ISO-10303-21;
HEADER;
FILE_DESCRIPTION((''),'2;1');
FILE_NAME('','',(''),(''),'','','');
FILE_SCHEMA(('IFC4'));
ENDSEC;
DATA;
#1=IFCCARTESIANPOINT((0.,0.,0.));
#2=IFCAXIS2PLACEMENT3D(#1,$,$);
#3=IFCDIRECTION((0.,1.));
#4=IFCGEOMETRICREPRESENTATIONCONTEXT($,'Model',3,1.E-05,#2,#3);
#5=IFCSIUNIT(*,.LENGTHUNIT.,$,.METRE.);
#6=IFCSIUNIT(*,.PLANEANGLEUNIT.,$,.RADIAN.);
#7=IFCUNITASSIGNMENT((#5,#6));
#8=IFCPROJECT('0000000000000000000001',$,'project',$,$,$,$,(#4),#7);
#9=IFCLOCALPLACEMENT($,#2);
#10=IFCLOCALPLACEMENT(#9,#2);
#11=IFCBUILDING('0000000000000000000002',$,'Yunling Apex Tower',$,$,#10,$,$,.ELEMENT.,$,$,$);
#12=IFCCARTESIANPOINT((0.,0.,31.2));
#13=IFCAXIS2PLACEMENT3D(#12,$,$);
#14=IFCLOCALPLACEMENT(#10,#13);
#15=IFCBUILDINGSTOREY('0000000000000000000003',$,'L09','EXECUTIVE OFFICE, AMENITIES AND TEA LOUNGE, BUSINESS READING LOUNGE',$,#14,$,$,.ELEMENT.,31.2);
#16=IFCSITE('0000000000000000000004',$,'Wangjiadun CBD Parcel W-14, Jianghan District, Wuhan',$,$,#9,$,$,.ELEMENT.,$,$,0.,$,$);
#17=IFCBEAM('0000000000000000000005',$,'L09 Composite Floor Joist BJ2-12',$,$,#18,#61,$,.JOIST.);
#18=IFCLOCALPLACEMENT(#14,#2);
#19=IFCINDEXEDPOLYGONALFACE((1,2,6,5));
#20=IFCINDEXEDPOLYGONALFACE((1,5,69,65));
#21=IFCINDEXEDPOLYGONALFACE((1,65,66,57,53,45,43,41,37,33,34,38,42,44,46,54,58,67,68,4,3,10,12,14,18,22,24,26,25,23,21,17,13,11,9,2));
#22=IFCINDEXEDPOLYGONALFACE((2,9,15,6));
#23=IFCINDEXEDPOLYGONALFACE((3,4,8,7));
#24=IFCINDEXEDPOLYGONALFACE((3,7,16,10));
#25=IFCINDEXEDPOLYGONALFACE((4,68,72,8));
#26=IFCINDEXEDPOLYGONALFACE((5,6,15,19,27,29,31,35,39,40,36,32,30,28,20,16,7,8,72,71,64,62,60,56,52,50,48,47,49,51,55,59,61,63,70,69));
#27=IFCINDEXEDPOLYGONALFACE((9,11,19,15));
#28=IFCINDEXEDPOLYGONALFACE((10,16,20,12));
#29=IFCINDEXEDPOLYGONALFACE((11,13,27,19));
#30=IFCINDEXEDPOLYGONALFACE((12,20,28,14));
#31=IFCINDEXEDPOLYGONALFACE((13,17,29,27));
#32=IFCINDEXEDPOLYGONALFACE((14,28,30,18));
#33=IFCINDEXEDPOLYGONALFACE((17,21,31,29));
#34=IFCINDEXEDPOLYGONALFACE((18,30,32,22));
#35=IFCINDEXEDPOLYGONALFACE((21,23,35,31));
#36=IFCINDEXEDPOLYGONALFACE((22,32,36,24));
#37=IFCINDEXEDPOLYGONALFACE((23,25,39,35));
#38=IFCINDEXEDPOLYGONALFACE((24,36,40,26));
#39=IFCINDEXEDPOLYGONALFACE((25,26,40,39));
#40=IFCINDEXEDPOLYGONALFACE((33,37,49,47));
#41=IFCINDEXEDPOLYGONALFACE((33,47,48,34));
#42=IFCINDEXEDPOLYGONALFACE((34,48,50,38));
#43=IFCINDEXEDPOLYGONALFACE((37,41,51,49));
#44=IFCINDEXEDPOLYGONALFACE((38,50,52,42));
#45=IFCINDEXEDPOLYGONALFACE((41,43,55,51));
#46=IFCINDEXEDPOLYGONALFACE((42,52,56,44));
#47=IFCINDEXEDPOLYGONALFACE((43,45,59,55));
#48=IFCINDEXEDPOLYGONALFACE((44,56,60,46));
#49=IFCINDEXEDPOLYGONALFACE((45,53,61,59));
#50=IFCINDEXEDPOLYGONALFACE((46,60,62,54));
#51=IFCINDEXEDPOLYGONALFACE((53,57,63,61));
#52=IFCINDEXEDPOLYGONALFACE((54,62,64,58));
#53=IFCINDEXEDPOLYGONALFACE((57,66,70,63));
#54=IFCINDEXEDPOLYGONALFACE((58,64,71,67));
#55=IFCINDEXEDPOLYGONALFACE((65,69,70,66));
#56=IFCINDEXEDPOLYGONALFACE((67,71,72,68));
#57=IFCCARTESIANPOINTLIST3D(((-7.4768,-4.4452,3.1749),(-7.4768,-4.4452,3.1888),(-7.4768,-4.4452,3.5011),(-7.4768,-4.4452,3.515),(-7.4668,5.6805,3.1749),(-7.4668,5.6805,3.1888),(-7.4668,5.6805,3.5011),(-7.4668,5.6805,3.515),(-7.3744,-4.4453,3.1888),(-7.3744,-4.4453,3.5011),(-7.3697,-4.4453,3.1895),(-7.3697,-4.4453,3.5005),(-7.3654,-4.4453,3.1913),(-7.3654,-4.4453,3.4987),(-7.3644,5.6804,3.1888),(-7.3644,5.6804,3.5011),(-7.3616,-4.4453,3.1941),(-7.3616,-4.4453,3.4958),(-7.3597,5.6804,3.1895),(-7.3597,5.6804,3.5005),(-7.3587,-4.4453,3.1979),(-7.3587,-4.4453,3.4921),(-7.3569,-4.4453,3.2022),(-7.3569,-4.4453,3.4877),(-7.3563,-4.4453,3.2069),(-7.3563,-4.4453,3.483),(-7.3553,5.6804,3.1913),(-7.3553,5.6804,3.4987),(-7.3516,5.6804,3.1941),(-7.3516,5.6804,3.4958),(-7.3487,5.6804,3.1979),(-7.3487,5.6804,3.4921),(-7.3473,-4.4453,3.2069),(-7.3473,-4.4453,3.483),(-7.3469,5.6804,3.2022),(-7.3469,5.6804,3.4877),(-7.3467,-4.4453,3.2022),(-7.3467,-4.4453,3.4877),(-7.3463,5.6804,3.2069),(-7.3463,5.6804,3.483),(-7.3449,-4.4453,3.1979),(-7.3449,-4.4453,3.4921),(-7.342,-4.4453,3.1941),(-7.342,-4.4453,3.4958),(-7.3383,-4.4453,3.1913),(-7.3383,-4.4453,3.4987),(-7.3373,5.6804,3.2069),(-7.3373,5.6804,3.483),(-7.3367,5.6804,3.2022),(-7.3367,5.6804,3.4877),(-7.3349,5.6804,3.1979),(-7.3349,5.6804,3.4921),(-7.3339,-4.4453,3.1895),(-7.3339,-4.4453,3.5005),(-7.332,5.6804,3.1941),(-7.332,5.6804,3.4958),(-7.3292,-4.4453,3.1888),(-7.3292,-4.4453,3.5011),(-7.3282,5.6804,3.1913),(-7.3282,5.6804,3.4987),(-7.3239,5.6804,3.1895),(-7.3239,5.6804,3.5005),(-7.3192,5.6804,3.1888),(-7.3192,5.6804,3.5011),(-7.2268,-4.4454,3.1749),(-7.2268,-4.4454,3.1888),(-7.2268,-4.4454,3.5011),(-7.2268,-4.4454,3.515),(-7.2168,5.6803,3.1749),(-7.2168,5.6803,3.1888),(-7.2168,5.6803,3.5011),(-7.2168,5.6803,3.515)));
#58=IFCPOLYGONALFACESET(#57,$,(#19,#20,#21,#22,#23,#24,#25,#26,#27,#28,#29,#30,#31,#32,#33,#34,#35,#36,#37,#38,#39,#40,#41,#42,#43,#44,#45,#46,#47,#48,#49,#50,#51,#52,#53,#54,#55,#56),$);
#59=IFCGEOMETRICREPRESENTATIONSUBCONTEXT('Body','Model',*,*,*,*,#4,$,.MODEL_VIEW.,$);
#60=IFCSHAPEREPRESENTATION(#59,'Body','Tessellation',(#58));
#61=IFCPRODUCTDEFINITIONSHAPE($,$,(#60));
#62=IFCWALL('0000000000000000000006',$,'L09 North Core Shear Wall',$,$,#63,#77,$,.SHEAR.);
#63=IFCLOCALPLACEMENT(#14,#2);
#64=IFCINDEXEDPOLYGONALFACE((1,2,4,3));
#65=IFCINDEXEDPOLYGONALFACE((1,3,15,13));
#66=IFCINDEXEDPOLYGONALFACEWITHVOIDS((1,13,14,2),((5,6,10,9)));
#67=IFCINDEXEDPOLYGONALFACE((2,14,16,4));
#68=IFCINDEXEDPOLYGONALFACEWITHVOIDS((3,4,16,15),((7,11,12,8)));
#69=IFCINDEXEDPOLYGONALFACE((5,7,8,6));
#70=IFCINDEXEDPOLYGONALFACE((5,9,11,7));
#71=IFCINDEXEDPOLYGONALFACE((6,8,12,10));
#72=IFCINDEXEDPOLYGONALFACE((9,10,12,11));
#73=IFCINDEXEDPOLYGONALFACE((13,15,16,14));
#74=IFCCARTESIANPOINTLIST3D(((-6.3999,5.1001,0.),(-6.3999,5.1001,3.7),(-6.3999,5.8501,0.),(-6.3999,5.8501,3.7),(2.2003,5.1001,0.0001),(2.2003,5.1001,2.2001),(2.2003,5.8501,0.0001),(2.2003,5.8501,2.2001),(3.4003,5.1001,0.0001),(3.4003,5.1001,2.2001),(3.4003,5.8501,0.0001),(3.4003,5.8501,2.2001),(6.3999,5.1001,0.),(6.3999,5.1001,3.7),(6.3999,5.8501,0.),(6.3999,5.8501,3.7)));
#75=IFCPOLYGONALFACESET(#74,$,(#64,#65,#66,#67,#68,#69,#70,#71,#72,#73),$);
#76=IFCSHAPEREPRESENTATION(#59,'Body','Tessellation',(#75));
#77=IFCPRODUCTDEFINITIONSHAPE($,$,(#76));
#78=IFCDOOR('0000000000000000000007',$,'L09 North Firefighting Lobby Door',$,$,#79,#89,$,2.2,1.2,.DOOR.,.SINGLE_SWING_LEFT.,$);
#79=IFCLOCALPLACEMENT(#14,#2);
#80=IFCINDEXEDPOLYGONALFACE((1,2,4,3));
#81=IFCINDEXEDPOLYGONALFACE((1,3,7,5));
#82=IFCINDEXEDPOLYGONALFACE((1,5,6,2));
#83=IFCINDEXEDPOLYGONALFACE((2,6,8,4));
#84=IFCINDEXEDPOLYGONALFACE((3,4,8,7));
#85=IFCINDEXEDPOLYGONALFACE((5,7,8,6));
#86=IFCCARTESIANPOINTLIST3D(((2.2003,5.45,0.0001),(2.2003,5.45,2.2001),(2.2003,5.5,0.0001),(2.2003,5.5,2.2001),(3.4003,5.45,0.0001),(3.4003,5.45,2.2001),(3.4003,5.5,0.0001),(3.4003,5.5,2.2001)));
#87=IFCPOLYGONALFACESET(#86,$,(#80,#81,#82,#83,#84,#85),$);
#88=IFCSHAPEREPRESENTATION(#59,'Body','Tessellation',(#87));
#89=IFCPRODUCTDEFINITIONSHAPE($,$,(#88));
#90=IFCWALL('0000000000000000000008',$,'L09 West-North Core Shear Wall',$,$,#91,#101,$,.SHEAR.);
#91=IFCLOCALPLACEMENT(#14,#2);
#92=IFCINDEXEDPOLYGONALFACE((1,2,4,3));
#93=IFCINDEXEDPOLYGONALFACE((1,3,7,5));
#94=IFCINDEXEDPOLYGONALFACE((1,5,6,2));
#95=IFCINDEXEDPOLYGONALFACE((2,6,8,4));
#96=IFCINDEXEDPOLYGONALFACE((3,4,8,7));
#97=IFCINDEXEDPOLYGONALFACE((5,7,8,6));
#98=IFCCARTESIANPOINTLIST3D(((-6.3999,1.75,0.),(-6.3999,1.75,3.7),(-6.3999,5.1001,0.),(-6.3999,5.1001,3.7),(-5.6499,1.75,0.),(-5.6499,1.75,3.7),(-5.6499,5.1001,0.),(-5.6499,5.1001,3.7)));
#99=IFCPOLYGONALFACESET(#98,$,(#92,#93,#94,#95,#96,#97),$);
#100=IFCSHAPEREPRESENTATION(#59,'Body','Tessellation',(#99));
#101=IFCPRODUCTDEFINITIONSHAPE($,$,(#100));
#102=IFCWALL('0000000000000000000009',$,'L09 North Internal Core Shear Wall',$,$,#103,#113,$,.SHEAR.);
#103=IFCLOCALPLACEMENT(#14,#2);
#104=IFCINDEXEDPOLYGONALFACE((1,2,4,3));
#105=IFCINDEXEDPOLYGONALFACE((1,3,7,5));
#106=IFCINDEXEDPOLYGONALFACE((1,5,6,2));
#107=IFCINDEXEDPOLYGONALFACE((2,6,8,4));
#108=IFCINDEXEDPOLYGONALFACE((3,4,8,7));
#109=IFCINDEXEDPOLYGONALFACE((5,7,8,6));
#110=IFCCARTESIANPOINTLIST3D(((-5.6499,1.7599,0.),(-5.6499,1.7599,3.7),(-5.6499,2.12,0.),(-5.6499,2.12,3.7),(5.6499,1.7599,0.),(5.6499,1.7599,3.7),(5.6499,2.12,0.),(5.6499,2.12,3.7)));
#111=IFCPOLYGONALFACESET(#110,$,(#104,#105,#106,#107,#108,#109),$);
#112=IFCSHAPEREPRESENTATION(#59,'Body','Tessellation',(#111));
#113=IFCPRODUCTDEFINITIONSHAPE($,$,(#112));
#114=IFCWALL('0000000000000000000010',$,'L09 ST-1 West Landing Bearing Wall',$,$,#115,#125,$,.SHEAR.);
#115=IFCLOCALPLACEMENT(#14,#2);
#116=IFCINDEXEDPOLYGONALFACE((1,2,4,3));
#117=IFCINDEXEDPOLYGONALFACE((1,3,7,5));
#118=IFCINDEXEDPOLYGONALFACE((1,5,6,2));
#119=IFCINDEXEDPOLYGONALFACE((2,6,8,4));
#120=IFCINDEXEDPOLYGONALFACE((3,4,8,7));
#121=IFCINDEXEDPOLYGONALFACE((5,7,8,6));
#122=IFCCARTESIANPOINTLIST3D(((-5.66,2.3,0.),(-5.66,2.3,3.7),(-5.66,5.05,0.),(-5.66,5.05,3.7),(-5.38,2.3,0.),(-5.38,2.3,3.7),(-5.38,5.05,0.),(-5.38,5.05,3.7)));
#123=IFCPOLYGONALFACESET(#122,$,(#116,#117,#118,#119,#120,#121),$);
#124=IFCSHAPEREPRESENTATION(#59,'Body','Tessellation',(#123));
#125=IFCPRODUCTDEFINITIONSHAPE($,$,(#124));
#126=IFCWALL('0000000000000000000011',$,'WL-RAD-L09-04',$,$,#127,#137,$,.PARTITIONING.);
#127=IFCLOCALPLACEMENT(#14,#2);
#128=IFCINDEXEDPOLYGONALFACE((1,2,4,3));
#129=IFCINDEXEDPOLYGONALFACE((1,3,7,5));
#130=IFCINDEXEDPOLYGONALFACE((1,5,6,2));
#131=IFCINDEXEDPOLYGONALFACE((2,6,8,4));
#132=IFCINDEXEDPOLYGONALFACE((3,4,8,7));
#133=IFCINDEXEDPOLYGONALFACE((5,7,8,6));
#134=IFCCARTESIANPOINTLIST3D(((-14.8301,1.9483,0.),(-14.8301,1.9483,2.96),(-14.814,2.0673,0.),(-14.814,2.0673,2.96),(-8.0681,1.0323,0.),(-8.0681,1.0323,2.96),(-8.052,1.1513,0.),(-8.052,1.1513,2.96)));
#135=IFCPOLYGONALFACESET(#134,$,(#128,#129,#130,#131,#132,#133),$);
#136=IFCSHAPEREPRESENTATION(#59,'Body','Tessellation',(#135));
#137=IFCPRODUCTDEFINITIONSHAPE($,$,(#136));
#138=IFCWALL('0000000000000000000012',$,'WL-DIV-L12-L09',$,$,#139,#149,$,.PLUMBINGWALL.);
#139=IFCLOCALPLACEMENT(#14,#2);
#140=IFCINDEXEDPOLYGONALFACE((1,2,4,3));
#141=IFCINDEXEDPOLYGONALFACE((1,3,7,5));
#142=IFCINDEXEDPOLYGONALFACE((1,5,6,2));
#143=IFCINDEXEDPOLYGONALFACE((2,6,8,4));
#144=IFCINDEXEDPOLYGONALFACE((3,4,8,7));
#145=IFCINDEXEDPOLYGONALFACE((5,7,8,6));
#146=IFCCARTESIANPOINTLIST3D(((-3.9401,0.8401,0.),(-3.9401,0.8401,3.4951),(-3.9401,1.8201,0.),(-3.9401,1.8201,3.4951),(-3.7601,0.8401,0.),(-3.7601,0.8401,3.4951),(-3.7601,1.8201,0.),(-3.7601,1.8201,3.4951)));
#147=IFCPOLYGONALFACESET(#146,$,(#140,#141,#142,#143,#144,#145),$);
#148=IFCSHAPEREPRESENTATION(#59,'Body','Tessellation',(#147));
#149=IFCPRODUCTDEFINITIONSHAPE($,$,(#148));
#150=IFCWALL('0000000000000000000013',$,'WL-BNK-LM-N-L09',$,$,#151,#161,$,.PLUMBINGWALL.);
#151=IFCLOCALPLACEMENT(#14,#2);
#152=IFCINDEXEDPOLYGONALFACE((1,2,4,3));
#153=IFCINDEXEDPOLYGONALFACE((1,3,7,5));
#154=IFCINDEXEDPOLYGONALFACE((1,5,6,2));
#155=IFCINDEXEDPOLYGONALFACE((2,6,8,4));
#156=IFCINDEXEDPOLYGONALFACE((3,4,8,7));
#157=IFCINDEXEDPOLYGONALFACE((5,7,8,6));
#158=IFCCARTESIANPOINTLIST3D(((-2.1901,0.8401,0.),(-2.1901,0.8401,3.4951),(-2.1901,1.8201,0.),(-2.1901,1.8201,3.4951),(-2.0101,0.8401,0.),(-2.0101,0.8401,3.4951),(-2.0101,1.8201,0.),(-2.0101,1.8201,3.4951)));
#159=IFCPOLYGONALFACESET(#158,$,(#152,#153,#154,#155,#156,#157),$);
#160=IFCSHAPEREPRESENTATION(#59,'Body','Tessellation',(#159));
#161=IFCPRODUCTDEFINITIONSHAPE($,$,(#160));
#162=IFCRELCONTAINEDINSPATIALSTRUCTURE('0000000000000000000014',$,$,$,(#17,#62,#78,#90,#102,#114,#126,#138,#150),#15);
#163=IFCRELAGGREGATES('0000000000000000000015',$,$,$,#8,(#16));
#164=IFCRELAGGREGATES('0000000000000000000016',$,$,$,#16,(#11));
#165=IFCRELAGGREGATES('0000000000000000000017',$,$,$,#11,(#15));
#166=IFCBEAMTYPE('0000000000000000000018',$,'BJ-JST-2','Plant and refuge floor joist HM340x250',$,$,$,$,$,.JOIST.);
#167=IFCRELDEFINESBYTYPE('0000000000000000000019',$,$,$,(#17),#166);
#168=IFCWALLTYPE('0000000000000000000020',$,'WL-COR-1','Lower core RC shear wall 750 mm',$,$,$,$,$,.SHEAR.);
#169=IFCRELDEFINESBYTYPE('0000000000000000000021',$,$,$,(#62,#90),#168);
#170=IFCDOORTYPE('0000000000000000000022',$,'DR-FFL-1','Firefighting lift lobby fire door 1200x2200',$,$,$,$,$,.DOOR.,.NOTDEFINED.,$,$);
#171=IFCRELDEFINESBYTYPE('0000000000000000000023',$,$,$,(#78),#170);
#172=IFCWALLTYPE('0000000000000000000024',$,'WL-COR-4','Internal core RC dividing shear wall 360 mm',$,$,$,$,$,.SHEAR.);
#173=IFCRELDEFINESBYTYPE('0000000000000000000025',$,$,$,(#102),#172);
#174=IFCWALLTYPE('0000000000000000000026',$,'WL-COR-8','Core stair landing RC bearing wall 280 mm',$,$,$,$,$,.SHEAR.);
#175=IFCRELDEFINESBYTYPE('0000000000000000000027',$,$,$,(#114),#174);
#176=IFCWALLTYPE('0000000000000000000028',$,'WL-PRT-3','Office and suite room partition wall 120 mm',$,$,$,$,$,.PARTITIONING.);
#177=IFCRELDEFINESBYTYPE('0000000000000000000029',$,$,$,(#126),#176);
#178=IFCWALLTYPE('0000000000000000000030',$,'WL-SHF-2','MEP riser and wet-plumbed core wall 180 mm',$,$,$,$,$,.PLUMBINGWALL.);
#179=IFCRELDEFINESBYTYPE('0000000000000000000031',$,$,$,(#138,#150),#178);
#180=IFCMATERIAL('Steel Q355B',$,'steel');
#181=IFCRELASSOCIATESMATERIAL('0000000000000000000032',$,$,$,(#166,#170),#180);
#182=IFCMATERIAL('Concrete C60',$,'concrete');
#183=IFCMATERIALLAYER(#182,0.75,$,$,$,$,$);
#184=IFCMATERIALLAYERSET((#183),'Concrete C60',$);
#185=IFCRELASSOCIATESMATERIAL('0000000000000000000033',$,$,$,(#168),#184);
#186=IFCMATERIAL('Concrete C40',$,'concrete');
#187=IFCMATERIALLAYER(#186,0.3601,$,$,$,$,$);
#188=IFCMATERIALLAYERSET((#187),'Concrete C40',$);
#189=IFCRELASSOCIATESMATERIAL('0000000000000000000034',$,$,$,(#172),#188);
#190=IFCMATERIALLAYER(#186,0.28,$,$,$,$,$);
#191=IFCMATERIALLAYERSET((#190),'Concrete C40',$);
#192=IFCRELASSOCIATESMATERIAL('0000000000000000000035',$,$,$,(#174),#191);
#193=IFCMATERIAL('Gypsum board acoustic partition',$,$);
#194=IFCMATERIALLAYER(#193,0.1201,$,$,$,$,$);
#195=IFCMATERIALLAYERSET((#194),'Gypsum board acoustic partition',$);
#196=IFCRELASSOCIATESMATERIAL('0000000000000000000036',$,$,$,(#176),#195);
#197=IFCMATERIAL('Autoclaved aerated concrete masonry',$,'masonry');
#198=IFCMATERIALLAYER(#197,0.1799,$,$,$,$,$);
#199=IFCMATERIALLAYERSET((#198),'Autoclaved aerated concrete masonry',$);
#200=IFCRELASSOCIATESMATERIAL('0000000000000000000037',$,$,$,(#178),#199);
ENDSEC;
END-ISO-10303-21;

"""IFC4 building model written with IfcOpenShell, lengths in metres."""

from ifc_helpers import new_model, si_unit, direction, frame, frame_2d, origin, origin_2d, place, context, subcontext, project, spatial, rectangle, i_section, extrude, source, transform, mapped, material, layer, layer_set, material_profile, profile_set, type_object, element, fill, save


model = new_model("IFC4")

# Units and contexts
model_context = context("Model", 3, precision=1e-05, world=origin(), true_north=direction((0.0, 1.0)))
body_context = subcontext(model_context, "Body", "Model", "MODEL_VIEW")
ifc_project = project(units=[si_unit("LENGTHUNIT", "METRE"), si_unit("PLANEANGLEUNIT", "RADIAN")], contexts=[model_context])

# Site, building, storey
site_placement = place(None, origin())
site = spatial("IfcSite", under=ifc_project, at=site_placement, Name="Wangjiadun CBD Parcel W-14, Jianghan District, Wuhan", CompositionType="ELEMENT", RefElevation=0.0)
building_placement = place(site_placement, origin())
building = spatial("IfcBuilding", under=site, at=building_placement, Name="Yunling Apex Tower", CompositionType="ELEMENT")
storey_placement = place(building_placement, frame((0.0, 0.0, 31.2)))
storey = spatial("IfcBuildingStorey", under=building, at=storey_placement, Name="L09", Description="EXECUTIVE OFFICE, AMENITIES AND TEA LOUNGE, BUSINESS READING LOUNGE", CompositionType="ELEMENT", Elevation=31.2)

# Shared definitions
ifc_material_1 = material(Name="Concrete C60", Category="concrete")

# Beam
ifc_material_2 = material(Name="Steel Q355B", Category="steel")
ifc_material_profile_1 = material_profile(ifc_material_2, i_section(OverallWidth=0.25, OverallDepth=0.3401, WebThickness=0.009, FlangeThickness=0.0139, FilletRadius=0.0181, at=origin_2d()))
ifc_profile_set_1 = profile_set([ifc_material_profile_1], Name="Steel Q355B")
beam_type_1 = type_object("IfcBeamType", Name="BJ-JST-2", Description="Plant and refuge floor joist HM340x250", PredefinedType="JOIST", material=ifc_profile_set_1)
shared_shape_1 = source(origin(), body_context, "Body", "SweptSolid", [
    extrude(i_section(OverallWidth=0.25, OverallDepth=0.3401, WebThickness=0.009, FlangeThickness=0.0139, FilletRadius=0.0181, at=origin_2d()), origin(), (0.0, 0.0, 1.0), 10.1257),
])
beam_1_placement = place(storey_placement, frame((-7.3418, 5.6804, 3.345), z_axis=(-0.000989, -1.0, 0.0), x_axis=(1.0, -0.000989, 0.0)))
element("IfcBeam", 1, at=beam_1_placement, inside=storey, type_object=beam_type_1, Name="L09 Composite Floor Joist BJ2-12", PredefinedType="JOIST", context=body_context, shape_type="MappedRepresentation", body=[
    mapped(shared_shape_1, transform((0.0, 0.0, 0.0), scale=1.0)),
])

# Wall, opening, door
ifc_layer_1 = layer(ifc_material_1, 0.75)
ifc_layer_set_1 = layer_set([ifc_layer_1], Name="Concrete C60")
wall_type_1 = type_object("IfcWallType", Name="WL-COR-1", Description="Lower core RC shear wall 750 mm", PredefinedType="SHEAR", material=ifc_layer_set_1)
wall_1_placement = place(storey_placement, frame((-6.3999, 5.4751, 0.0), z_axis=(0.0, 0.0, 1.0), x_axis=(1.0, 0.0, 0.0)))
wall_1 = element("IfcWall", 2, at=wall_1_placement, inside=storey, type_object=wall_type_1, Name="L09 North Core Shear Wall", PredefinedType="SHEAR", context=body_context, shape_type="SweptSolid", body=[
    extrude(rectangle(XDim=12.7998, YDim=0.75, at=frame_2d((6.3999, 0.0))), origin(), (0.0, 0.0, 1.0), 3.7),
])
opening_1_placement = place(wall_1_placement, frame((8.6001, 0.0, 0.0)))
opening_1 = element("IfcOpeningElement", 3, at=opening_1_placement, cuts=wall_1, PredefinedType="OPENING", context=body_context, shape_type="SweptSolid", body=[
    extrude(rectangle(XDim=1.2, YDim=2.2, at=frame_2d((0.6001, 1.1001))), frame((0.0, 0.385, 0.0), z_axis=(0.0, -1.0, 0.0), x_axis=(1.0, 0.0, 0.0)), (0.0, 0.0, 1.0), 0.77),
])
door_type_1 = type_object("IfcDoorType", Name="DR-FFL-1", Description="Firefighting lift lobby fire door 1200x2200", OperationType="NOTDEFINED", PredefinedType="DOOR", material=ifc_material_2)
door_1_placement = place(opening_1_placement, origin())
door_1 = element("IfcDoor", 4, at=door_1_placement, inside=storey, type_object=door_type_1, Name="L09 North Firefighting Lobby Door", OperationType="SINGLE_SWING_LEFT", OverallHeight=2.2, OverallWidth=1.2, PredefinedType="DOOR", context=body_context, shape_type="SweptSolid", body=[
    extrude(rectangle(XDim=1.2, YDim=2.2, at=frame_2d((0.6001, 1.1001))), frame((0.0, 0.0249, 0.0), z_axis=(0.0, -1.0, 0.0), x_axis=(1.0, 0.0, 0.0)), (0.0, 0.0, 1.0), 0.05),
])
fill(opening_1, door_1)

# Walls
wall_2_placement = place(storey_placement, frame((-6.0249, 1.75, 0.0), z_axis=(0.0, 0.0, 1.0), x_axis=(0.0, 1.0, 0.0)))
element("IfcWall", 5, at=wall_2_placement, inside=storey, type_object=wall_type_1, Name="L09 West-North Core Shear Wall", PredefinedType="SHEAR", context=body_context, shape_type="SweptSolid", body=[
    extrude(rectangle(XDim=3.3501, YDim=0.75, at=frame_2d((1.675, 0.0))), origin(), (0.0, 0.0, 1.0), 3.7),
])
ifc_material_3 = material(Name="Concrete C40", Category="concrete")
ifc_layer_2 = layer(ifc_material_3, 0.3601)
ifc_layer_set_2 = layer_set([ifc_layer_2], Name="Concrete C40")
wall_type_2 = type_object("IfcWallType", Name="WL-COR-4", Description="Internal core RC dividing shear wall 360 mm", PredefinedType="SHEAR", material=ifc_layer_set_2)
wall_3_placement = place(storey_placement, frame((-5.6499, 1.9399, 0.0), z_axis=(0.0, 0.0, 1.0), x_axis=(1.0, 0.0, 0.0)))
element("IfcWall", 6, at=wall_3_placement, inside=storey, type_object=wall_type_2, Name="L09 North Internal Core Shear Wall", PredefinedType="SHEAR", context=body_context, shape_type="SweptSolid", body=[
    extrude(rectangle(XDim=11.2998, YDim=0.3601, at=frame_2d((5.6499, 0.0))), origin(), (0.0, 0.0, 1.0), 3.7),
])
ifc_layer_3 = layer(ifc_material_3, 0.28)
ifc_layer_set_3 = layer_set([ifc_layer_3], Name="Concrete C40")
wall_type_3 = type_object("IfcWallType", Name="WL-COR-8", Description="Core stair landing RC bearing wall 280 mm", PredefinedType="SHEAR", material=ifc_layer_set_3)
wall_4_placement = place(storey_placement, frame((-5.52, 2.3, 0.0), z_axis=(0.0, 0.0, 1.0), x_axis=(0.0, 1.0, 0.0)))
element("IfcWall", 7, at=wall_4_placement, inside=storey, type_object=wall_type_3, Name="L09 ST-1 West Landing Bearing Wall", PredefinedType="SHEAR", context=body_context, shape_type="SweptSolid", body=[
    extrude(rectangle(XDim=2.75, YDim=0.28, at=frame_2d((1.375, 0.0))), origin(), (0.0, 0.0, 1.0), 3.7),
])
ifc_material_4 = material(Name="Gypsum board acoustic partition")
ifc_layer_4 = layer(ifc_material_4, 0.1201)
ifc_layer_set_4 = layer_set([ifc_layer_4], Name="Gypsum board acoustic partition")
wall_type_4 = type_object("IfcWallType", Name="WL-PRT-3", Description="Office and suite room partition wall 120 mm", PredefinedType="PARTITIONING", material=ifc_layer_set_4)
wall_5_placement = place(storey_placement, frame((-8.0601, 1.0918, 0.0), z_axis=(0.0, 0.0, 1.0), x_axis=(-0.990949, 0.13424, 0.0)))
element("IfcWall", 8, at=wall_5_placement, inside=storey, type_object=wall_type_4, Name="WL-RAD-L09-04", PredefinedType="PARTITIONING", context=body_context, shape_type="SweptSolid", body=[
    extrude(rectangle(XDim=6.8237, YDim=0.1201, at=frame_2d((3.4119, 0.0))), origin(), (0.0, 0.0, 1.0), 2.96),
])
ifc_material_5 = material(Name="Autoclaved aerated concrete masonry", Category="masonry")
ifc_layer_5 = layer(ifc_material_5, 0.1799)
ifc_layer_set_5 = layer_set([ifc_layer_5], Name="Autoclaved aerated concrete masonry")
wall_type_5 = type_object("IfcWallType", Name="WL-SHF-2", Description="MEP riser and wet-plumbed core wall 180 mm", PredefinedType="PLUMBINGWALL", material=ifc_layer_set_5)
for number, where, z_axis, x_axis, name in (
    (9, (-3.8501, 0.8401, 0.0), (0.0, 0.0, 1.0), (0.0, 1.0, 0.0), "WL-DIV-L12-L09"),
    (10, (-2.1001, 0.8401, 0.0), (0.0, 0.0, 1.0), (0.0, 1.0, 0.0), "WL-BNK-LM-N-L09"),
):
    element("IfcWall", number, at=place(storey_placement, frame(where, z_axis=z_axis, x_axis=x_axis)), inside=storey, type_object=wall_type_5, Name=name, PredefinedType="PLUMBINGWALL", context=body_context, shape_type="SweptSolid", body=[
        extrude(rectangle(XDim=0.98, YDim=0.1799, at=frame_2d((0.49, 0.0))), origin(), (0.0, 0.0, 1.0), 3.4951),
    ])

save(model, "model.ifc")
